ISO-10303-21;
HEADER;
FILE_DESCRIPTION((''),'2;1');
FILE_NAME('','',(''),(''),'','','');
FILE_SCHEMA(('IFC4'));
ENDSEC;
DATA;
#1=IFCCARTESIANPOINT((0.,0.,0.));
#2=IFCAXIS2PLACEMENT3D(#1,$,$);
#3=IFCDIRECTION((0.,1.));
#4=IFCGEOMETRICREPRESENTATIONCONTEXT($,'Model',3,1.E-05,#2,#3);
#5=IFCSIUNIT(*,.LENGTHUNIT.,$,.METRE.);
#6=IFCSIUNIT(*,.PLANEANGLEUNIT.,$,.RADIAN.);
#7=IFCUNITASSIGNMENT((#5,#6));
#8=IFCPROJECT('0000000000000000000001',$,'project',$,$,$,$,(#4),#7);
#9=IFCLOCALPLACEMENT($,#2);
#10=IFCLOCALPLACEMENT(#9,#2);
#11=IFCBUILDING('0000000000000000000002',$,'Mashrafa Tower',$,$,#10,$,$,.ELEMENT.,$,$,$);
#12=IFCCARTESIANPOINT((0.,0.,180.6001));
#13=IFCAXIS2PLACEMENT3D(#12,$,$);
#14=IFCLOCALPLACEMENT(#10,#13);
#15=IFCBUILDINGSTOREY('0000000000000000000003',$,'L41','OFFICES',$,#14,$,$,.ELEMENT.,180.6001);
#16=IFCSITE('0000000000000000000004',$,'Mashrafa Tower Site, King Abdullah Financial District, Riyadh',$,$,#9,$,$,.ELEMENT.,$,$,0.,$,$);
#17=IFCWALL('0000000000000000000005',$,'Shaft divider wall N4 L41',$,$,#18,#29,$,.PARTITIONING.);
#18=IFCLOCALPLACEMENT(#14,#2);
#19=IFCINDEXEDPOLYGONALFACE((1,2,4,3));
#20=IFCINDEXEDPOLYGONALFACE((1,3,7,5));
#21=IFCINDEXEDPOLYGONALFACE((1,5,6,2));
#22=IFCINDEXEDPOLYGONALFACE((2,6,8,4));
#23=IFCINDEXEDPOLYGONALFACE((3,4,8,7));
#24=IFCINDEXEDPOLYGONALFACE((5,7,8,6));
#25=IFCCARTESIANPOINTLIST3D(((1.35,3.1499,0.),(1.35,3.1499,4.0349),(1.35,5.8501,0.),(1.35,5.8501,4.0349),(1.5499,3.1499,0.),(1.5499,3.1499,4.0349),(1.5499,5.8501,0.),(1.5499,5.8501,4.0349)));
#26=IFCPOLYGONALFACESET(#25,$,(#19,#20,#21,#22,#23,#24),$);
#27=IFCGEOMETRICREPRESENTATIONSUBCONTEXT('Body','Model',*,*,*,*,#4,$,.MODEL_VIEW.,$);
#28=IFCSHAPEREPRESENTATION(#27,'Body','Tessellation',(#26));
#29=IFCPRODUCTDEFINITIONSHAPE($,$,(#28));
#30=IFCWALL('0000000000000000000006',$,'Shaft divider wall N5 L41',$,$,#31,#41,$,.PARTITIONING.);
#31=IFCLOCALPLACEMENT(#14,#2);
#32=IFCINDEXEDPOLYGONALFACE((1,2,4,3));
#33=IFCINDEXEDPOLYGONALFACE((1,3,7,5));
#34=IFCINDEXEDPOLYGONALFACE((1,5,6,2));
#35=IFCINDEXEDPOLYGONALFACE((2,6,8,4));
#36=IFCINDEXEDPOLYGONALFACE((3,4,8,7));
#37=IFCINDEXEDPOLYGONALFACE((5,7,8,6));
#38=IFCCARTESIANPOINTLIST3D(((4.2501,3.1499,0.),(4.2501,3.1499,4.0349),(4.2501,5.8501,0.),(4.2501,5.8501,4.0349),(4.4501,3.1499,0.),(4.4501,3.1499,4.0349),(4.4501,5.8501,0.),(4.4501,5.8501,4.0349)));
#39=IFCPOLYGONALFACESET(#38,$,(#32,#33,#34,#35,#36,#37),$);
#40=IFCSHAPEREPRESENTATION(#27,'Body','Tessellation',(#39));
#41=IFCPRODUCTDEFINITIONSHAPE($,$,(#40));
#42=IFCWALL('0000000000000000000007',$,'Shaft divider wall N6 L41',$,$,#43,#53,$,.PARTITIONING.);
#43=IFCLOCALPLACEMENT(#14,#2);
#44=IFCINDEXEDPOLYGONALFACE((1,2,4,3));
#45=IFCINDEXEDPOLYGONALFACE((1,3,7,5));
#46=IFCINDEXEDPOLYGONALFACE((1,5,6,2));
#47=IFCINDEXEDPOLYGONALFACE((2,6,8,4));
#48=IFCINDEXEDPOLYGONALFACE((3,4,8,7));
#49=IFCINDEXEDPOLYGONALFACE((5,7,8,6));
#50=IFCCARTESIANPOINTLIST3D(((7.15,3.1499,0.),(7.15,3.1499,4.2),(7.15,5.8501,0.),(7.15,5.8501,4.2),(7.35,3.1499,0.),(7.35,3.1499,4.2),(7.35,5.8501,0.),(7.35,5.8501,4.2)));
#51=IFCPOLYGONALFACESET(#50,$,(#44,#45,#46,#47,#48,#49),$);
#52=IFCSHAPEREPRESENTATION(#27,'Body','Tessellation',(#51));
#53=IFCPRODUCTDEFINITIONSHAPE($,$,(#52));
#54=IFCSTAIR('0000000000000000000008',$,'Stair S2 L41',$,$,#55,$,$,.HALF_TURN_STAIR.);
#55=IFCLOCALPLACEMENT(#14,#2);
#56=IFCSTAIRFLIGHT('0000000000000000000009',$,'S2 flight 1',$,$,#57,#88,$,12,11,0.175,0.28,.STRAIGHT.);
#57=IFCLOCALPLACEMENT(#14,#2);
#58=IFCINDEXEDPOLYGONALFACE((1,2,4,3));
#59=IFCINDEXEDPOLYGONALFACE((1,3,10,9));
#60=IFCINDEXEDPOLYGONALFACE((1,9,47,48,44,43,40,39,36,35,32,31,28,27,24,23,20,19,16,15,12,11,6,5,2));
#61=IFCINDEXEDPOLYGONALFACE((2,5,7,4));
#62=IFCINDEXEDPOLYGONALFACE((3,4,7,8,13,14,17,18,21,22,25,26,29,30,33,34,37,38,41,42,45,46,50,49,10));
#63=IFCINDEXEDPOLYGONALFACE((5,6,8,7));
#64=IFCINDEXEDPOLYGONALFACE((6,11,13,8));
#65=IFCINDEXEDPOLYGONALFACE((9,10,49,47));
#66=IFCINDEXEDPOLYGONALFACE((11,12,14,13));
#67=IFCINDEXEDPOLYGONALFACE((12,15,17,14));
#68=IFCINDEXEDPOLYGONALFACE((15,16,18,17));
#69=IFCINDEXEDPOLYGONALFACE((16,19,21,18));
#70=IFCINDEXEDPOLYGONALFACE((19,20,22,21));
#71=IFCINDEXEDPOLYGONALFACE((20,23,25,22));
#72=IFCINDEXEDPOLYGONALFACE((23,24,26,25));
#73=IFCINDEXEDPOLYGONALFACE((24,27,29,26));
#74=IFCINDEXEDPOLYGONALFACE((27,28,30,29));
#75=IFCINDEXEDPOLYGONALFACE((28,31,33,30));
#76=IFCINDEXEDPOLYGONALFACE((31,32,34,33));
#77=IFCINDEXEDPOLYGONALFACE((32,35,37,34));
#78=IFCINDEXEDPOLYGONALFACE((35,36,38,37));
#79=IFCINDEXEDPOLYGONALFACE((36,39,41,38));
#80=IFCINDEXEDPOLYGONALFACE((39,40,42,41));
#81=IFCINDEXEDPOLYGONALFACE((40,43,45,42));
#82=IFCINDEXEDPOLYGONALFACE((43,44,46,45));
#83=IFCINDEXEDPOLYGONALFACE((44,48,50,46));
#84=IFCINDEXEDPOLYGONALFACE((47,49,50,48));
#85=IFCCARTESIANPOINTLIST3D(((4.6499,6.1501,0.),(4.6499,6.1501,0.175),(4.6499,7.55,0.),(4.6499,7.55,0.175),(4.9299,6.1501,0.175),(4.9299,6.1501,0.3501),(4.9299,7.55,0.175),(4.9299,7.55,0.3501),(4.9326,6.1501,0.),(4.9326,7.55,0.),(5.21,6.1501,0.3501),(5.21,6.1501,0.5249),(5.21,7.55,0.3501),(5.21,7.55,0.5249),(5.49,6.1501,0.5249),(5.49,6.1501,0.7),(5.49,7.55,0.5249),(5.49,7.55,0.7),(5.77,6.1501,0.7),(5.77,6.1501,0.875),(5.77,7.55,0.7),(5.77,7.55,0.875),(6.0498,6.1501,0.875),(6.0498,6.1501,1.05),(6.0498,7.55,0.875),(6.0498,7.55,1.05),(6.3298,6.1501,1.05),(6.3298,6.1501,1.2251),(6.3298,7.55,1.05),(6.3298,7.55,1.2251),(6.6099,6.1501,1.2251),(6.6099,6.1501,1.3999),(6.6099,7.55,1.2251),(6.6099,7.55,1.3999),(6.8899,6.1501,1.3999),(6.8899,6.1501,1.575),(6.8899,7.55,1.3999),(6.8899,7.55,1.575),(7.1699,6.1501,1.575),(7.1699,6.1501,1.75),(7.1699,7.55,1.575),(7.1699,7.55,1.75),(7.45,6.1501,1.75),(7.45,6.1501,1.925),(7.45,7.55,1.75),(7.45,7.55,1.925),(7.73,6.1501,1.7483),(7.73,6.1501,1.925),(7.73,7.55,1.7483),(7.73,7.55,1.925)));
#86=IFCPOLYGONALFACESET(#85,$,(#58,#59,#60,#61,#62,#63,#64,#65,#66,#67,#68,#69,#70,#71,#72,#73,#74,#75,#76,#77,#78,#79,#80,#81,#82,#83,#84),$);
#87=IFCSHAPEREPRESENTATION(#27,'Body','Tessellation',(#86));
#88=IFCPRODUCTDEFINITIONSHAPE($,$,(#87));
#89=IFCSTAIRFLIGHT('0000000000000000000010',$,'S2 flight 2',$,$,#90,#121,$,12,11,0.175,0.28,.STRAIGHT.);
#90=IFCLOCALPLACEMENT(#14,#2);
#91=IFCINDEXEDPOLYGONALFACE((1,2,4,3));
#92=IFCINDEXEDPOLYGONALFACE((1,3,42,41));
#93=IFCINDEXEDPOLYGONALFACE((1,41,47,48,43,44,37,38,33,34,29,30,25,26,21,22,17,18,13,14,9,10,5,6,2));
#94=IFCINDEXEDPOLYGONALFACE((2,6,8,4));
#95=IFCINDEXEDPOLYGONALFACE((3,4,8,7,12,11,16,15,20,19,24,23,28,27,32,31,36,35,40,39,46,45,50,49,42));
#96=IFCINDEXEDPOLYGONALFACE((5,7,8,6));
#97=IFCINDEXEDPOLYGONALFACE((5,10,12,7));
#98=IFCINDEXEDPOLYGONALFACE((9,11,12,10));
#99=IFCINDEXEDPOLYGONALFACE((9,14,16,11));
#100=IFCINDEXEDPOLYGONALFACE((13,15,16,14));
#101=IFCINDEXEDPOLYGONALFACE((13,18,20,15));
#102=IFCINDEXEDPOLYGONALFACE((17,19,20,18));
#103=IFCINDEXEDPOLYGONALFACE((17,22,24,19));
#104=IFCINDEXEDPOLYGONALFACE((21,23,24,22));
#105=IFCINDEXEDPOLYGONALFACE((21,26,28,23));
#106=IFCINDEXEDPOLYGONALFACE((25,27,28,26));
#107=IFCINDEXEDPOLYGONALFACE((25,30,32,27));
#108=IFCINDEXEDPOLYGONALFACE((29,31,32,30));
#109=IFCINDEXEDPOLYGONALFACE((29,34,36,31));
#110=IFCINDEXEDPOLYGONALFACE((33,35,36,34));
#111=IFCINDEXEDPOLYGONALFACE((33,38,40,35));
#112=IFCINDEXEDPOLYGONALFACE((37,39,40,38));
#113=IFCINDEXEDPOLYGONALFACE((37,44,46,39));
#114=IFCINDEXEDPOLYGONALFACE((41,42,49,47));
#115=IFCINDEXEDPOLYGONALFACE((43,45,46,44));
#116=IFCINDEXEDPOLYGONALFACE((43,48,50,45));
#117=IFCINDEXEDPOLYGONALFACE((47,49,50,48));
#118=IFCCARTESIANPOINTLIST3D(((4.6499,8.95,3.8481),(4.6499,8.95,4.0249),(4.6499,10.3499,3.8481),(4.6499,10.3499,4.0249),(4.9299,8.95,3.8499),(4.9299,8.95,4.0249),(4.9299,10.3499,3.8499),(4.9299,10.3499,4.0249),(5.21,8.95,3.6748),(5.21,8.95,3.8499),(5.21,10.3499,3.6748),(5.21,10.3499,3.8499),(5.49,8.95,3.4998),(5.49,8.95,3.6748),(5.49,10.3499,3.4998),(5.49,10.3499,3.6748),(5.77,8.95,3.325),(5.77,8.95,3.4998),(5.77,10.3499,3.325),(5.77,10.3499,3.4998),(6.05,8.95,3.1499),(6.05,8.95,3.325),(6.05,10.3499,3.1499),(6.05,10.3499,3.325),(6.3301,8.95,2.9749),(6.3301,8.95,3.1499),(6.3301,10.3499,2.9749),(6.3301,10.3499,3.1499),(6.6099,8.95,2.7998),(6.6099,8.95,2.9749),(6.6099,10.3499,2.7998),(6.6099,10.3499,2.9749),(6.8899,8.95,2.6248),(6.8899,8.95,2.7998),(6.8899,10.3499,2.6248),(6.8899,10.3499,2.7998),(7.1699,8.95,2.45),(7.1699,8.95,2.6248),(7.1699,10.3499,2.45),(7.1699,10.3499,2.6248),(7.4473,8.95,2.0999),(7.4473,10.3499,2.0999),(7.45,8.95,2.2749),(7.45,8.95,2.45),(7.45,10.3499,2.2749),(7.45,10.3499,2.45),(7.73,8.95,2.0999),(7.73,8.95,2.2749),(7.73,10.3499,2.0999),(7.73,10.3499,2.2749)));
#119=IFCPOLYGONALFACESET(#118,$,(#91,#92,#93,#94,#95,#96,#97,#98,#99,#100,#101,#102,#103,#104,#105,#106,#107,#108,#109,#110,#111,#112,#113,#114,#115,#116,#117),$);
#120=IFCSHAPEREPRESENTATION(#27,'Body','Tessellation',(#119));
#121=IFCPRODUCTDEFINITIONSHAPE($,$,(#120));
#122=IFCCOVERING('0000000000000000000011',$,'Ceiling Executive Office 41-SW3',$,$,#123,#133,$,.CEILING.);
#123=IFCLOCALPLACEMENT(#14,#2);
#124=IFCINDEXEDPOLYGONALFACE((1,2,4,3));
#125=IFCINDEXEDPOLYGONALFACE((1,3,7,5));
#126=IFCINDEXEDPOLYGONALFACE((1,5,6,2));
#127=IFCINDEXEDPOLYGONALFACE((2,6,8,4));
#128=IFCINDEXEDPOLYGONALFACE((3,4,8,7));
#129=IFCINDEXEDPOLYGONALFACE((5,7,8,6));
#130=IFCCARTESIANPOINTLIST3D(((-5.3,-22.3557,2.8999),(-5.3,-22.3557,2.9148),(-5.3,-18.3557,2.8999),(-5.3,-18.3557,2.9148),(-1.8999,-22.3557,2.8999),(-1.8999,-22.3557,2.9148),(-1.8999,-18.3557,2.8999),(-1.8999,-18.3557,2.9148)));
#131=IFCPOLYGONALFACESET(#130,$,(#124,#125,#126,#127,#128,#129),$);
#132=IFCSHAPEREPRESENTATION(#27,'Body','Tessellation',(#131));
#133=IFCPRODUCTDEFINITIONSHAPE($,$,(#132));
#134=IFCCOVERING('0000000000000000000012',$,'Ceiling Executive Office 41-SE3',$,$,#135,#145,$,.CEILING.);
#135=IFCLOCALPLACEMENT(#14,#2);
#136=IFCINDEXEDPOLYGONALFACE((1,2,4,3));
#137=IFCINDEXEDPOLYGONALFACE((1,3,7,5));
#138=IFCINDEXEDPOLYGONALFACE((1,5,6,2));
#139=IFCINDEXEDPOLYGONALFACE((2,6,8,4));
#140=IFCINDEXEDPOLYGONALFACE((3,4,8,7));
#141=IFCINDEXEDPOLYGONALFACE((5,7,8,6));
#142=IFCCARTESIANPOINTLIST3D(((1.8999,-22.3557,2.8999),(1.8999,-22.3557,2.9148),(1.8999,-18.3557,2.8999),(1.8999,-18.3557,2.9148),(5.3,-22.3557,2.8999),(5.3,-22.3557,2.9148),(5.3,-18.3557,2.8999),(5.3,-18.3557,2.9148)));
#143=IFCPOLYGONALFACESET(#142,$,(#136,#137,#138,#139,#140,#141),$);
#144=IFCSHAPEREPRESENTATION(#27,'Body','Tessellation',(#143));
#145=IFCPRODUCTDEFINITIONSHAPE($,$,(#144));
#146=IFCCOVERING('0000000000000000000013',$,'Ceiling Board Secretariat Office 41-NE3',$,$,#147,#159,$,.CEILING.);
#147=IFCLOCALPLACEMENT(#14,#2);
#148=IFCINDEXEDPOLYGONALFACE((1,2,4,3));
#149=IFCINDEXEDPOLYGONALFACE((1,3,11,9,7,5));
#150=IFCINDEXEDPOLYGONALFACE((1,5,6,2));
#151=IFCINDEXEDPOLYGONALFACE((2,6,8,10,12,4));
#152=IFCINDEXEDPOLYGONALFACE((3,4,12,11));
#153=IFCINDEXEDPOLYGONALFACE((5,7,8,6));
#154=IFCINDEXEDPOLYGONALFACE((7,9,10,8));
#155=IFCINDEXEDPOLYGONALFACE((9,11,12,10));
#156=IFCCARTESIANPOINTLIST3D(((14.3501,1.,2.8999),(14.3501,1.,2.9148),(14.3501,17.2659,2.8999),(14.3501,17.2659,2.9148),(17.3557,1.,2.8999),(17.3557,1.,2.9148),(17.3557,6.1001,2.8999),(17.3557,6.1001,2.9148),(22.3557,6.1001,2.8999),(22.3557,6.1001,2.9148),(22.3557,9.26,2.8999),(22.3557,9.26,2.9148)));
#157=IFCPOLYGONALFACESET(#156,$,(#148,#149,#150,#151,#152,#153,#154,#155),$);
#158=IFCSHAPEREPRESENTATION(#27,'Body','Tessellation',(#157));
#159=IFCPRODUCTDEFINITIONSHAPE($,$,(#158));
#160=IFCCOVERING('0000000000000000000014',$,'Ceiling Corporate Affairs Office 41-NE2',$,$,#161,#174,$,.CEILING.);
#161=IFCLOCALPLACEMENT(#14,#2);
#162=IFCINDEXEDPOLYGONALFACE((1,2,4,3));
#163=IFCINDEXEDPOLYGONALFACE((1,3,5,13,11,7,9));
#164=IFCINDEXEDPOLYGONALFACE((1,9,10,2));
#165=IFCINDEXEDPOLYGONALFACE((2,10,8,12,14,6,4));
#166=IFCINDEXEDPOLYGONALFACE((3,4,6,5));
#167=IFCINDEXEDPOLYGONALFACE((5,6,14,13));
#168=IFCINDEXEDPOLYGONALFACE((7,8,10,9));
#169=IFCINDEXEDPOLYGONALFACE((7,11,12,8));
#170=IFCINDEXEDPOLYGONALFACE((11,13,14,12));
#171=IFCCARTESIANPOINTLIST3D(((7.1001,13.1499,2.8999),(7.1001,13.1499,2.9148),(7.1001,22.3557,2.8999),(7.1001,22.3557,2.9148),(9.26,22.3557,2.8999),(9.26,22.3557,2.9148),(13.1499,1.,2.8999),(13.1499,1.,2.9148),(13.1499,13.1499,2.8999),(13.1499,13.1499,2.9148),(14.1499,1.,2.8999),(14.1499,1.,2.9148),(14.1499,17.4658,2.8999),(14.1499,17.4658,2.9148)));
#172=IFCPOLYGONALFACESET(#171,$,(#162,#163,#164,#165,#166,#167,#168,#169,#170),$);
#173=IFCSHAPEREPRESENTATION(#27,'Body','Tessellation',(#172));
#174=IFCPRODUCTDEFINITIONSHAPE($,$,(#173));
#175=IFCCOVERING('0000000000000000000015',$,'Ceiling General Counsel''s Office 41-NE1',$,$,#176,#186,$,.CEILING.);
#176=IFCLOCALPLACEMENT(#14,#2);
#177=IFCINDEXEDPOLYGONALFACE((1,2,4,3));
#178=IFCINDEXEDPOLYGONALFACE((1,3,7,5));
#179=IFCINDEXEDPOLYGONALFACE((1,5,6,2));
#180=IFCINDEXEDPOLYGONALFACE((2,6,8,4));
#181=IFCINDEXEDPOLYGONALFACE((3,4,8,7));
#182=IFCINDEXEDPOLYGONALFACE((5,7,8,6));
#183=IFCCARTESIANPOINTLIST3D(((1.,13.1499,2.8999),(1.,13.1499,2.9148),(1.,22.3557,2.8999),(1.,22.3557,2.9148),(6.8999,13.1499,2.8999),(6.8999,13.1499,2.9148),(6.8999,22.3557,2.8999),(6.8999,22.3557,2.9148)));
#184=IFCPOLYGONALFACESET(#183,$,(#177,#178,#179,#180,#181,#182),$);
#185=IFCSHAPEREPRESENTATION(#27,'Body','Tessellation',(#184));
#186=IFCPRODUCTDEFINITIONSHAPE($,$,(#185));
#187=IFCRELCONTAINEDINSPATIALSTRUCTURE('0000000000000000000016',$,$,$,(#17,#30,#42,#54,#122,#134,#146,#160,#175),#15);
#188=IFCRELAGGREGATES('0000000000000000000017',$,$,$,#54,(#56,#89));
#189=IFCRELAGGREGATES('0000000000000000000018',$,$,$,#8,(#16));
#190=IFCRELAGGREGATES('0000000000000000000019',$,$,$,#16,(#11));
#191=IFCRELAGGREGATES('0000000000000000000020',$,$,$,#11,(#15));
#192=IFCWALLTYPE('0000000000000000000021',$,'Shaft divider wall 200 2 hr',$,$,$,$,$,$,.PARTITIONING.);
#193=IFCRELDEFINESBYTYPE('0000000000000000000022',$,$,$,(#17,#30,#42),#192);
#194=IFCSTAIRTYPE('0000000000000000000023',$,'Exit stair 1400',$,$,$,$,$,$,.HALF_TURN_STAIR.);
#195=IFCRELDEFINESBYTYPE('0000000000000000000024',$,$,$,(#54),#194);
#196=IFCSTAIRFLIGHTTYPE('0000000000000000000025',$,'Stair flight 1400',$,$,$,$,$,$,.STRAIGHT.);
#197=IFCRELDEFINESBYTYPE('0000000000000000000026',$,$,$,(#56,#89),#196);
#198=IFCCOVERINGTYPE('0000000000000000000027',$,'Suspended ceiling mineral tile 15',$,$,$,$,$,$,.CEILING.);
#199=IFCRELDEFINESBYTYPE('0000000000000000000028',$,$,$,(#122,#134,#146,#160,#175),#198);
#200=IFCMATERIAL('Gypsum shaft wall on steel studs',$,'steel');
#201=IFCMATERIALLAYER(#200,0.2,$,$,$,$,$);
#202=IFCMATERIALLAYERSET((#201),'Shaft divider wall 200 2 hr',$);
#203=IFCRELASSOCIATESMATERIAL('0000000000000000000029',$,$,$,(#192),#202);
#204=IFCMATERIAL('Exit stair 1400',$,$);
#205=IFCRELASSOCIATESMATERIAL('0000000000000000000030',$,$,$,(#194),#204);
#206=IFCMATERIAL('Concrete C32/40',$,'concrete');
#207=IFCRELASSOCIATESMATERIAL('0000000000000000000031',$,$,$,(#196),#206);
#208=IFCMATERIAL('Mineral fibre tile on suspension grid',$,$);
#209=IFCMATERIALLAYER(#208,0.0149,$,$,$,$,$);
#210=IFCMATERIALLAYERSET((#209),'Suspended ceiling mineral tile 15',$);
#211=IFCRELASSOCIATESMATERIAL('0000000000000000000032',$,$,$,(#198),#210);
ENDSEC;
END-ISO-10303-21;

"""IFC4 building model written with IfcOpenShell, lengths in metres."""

from ifc_helpers import new_model, si_unit, direction, frame, frame_2d, origin, place, context, subcontext, project, spatial, polyline, rectangle, outline, extrude, material, layer, layer_set, type_object, element, aggregate, save


model = new_model("IFC4")

# Units and contexts
model_context = context("Model", 3, precision=1e-05, world=origin(), true_north=direction((0.0, 1.0)))
body_context = subcontext(model_context, "Body", "Model", "MODEL_VIEW")
ifc_project = project(units=[si_unit("LENGTHUNIT", "METRE"), si_unit("PLANEANGLEUNIT", "RADIAN")], contexts=[model_context])

# Site, building, storey
site_placement = place(None, origin())
site = spatial("IfcSite", under=ifc_project, at=site_placement, Name="Mashrafa Tower Site, King Abdullah Financial District, Riyadh", CompositionType="ELEMENT", RefElevation=0.0)
building_placement = place(site_placement, origin())
building = spatial("IfcBuilding", under=site, at=building_placement, Name="Mashrafa Tower", CompositionType="ELEMENT")
storey_placement = place(building_placement, frame((0.0, 0.0, 180.6001)))
storey = spatial("IfcBuildingStorey", under=building, at=storey_placement, Name="L41", Description="OFFICES", CompositionType="ELEMENT", Elevation=180.6001)

# Walls
ifc_material_1 = material(Name="Gypsum shaft wall on steel studs", Category="steel")
ifc_layer_1 = layer(ifc_material_1, 0.2)
ifc_layer_set_1 = layer_set([ifc_layer_1], Name="Shaft divider wall 200 2 hr")
wall_type_1 = type_object("IfcWallType", Name="Shaft divider wall 200 2 hr", PredefinedType="PARTITIONING", material=ifc_layer_set_1)
for number, where, z_axis, x_axis, name in (
    (1, (1.45, 3.1499, 0.0), (0.0, 0.0, 1.0), (0.0, 1.0, 0.0), "Shaft divider wall N4 L41"),
    (2, (4.3501, 3.1499, 0.0), (0.0, 0.0, 1.0), (0.0, 1.0, 0.0), "Shaft divider wall N5 L41"),
):
    element("IfcWall", number, at=place(storey_placement, frame(where, z_axis=z_axis, x_axis=x_axis)), inside=storey, type_object=wall_type_1, Name=name, PredefinedType="PARTITIONING", context=body_context, shape_type="SweptSolid", body=[
        extrude(rectangle(XDim=2.7002, YDim=0.2, at=frame_2d((1.3501, 0.0))), origin(), (0.0, 0.0, 1.0), 4.0349),
    ])
wall_1_placement = place(storey_placement, frame((7.25, 3.1499, 0.0), z_axis=(0.0, 0.0, 1.0), x_axis=(0.0, 1.0, 0.0)))
element("IfcWall", 3, at=wall_1_placement, inside=storey, type_object=wall_type_1, Name="Shaft divider wall N6 L41", PredefinedType="PARTITIONING", context=body_context, shape_type="SweptSolid", body=[
    extrude(rectangle(XDim=2.7002, YDim=0.2, at=frame_2d((1.3501, 0.0))), origin(), (0.0, 0.0, 1.0), 4.2),
])

# Stair, stair flights
ifc_material_2 = material(Name="Exit stair 1400")
stair_type = type_object("IfcStairType", Name="Exit stair 1400", PredefinedType="HALF_TURN_STAIR", material=ifc_material_2)
stair_placement = place(storey_placement, origin())
stair = element("IfcStair", 4, at=stair_placement, inside=storey, type_object=stair_type, Name="Stair S2 L41", PredefinedType="HALF_TURN_STAIR")
ifc_material_3 = material(Name="Concrete C32/40", Category="concrete")
stair_flight_type = type_object("IfcStairFlightType", Name="Stair flight 1400", PredefinedType="STRAIGHT", material=ifc_material_3)
stair_flight_1_placement = place(storey_placement, frame((4.6499, 6.8501, 0.0), z_axis=(0.0, 0.0, 1.0), x_axis=(1.0, 0.0, 0.0)))
stair_flight_1 = element("IfcStairFlight", 5, at=stair_flight_1_placement, type_object=stair_flight_type, Name="S2 flight 1", NumberOfRisers=12, NumberOfTreads=11, PredefinedType="STRAIGHT", RiserHeight=0.175, TreadLength=0.28, context=body_context, shape_type="SweptSolid", body=[
    extrude(outline(polyline([(0.0, 0.0), (0.0, 0.175), (0.28, 0.175), (0.28, 0.3501), (0.5601, 0.3501), (0.5601, 0.5249), (0.8401, 0.5249), (0.8401, 0.7), (1.1201, 0.7), (1.1201, 0.875), (1.3999, 0.875), (1.3999, 1.05), (1.6799, 1.05), (1.6799, 1.2251), (1.96, 1.2251), (1.96, 1.3999), (2.24, 1.3999), (2.24, 1.575), (2.52, 1.575), (2.52, 1.75), (2.8, 1.75), (2.8, 1.925), (3.0801, 1.925), (3.0801, 2.1001), (3.0801, 1.7483), (0.2827, 0.0), (0.0, 0.0)])), frame((0.0, 0.7, 0.0), z_axis=(0.0, -1.0, 0.0), x_axis=(1.0, 0.0, 0.0)), (0.0, 0.0, 1.0), 1.3999),
])
stair_flight_2_placement = place(storey_placement, frame((7.73, 9.6499, 2.0999), z_axis=(0.0, 0.0, 1.0), x_axis=(-1.0, 0.0, 0.0)))
stair_flight_2 = element("IfcStairFlight", 6, at=stair_flight_2_placement, type_object=stair_flight_type, Name="S2 flight 2", NumberOfRisers=12, NumberOfTreads=11, PredefinedType="STRAIGHT", RiserHeight=0.175, TreadLength=0.28, context=body_context, shape_type="SweptSolid", body=[
    extrude(outline(polyline([(0.0, 0.0), (0.0, 0.175), (0.28, 0.175), (0.28, 0.3501), (0.5601, 0.3501), (0.5601, 0.5249), (0.8401, 0.5249), (0.8401, 0.7), (1.1201, 0.7), (1.1201, 0.875), (1.3999, 0.875), (1.3999, 1.05), (1.6799, 1.05), (1.6799, 1.2251), (1.96, 1.2251), (1.96, 1.3999), (2.24, 1.3999), (2.24, 1.575), (2.52, 1.575), (2.52, 1.75), (2.8, 1.75), (2.8, 1.925), (3.0801, 1.925), (3.0801, 2.1001), (3.0801, 1.7483), (0.2827, 0.0), (0.0, 0.0)])), frame((0.0, 0.7, 0.0), z_axis=(0.0, -1.0, 0.0), x_axis=(1.0, 0.0, 0.0)), (0.0, 0.0, 1.0), 1.3999),
])
aggregate(stair, [stair_flight_1, stair_flight_2])

# Coverings
ifc_material_4 = material(Name="Mineral fibre tile on suspension grid")
ifc_layer_2 = layer(ifc_material_4, 0.0149)
ifc_layer_set_2 = layer_set([ifc_layer_2], Name="Suspended ceiling mineral tile 15")
covering_type = type_object("IfcCoveringType", Name="Suspended ceiling mineral tile 15", PredefinedType="CEILING", material=ifc_layer_set_2)
covering_1_placement = place(storey_placement, frame((0.0, 0.0, 2.8999)))
element("IfcCovering", 7, at=covering_1_placement, inside=storey, type_object=covering_type, Name="Ceiling Executive Office 41-SW3", PredefinedType="CEILING", context=body_context, shape_type="SweptSolid", body=[
    extrude(outline(polyline([(-5.3, -18.3557), (-1.8999, -18.3557), (-1.8999, -22.3557), (-5.3, -22.3557), (-5.3, -18.3557)])), origin(), (0.0, 0.0, 1.0), 0.0149),
])
covering_2_placement = place(storey_placement, frame((0.0, 0.0, 2.8999)))
element("IfcCovering", 8, at=covering_2_placement, inside=storey, type_object=covering_type, Name="Ceiling Executive Office 41-SE3", PredefinedType="CEILING", context=body_context, shape_type="SweptSolid", body=[
    extrude(outline(polyline([(1.8999, -18.3557), (5.3, -18.3557), (5.3, -22.3557), (1.8999, -22.3557), (1.8999, -18.3557)])), origin(), (0.0, 0.0, 1.0), 0.0149),
])
covering_3_placement = place(storey_placement, frame((0.0, 0.0, 2.8999)))
element("IfcCovering", 9, at=covering_3_placement, inside=storey, type_object=covering_type, Name="Ceiling Board Secretariat Office 41-NE3", PredefinedType="CEILING", context=body_context, shape_type="SweptSolid", body=[
    extrude(outline(polyline([(14.3501, 1.0), (14.3501, 17.2659), (22.3557, 9.26), (22.3557, 6.1001), (17.3557, 6.1001), (17.3557, 1.0), (14.3501, 1.0)])), origin(), (0.0, 0.0, 1.0), 0.0149),
])
covering_4_placement = place(storey_placement, frame((0.0, 0.0, 2.8999)))
element("IfcCovering", 10, at=covering_4_placement, inside=storey, type_object=covering_type, Name="Ceiling Corporate Affairs Office 41-NE2", PredefinedType="CEILING", context=body_context, shape_type="SweptSolid", body=[
    extrude(outline(polyline([(7.1001, 13.1499), (7.1001, 22.3557), (9.26, 22.3557), (14.1499, 17.4658), (14.1499, 1.0), (13.1499, 1.0), (13.1499, 13.1499), (7.1001, 13.1499)])), origin(), (0.0, 0.0, 1.0), 0.0149),
])
covering_5_placement = place(storey_placement, frame((0.0, 0.0, 2.8999)))
element("IfcCovering", 11, at=covering_5_placement, inside=storey, type_object=covering_type, Name="Ceiling General Counsel's Office 41-NE1", PredefinedType="CEILING", context=body_context, shape_type="SweptSolid", body=[
    extrude(outline(polyline([(1.0, 22.3557), (6.8999, 22.3557), (6.8999, 13.1499), (1.0, 13.1499), (1.0, 22.3557)])), origin(), (0.0, 0.0, 1.0), 0.0149),
])

save(model, "model.ifc")
